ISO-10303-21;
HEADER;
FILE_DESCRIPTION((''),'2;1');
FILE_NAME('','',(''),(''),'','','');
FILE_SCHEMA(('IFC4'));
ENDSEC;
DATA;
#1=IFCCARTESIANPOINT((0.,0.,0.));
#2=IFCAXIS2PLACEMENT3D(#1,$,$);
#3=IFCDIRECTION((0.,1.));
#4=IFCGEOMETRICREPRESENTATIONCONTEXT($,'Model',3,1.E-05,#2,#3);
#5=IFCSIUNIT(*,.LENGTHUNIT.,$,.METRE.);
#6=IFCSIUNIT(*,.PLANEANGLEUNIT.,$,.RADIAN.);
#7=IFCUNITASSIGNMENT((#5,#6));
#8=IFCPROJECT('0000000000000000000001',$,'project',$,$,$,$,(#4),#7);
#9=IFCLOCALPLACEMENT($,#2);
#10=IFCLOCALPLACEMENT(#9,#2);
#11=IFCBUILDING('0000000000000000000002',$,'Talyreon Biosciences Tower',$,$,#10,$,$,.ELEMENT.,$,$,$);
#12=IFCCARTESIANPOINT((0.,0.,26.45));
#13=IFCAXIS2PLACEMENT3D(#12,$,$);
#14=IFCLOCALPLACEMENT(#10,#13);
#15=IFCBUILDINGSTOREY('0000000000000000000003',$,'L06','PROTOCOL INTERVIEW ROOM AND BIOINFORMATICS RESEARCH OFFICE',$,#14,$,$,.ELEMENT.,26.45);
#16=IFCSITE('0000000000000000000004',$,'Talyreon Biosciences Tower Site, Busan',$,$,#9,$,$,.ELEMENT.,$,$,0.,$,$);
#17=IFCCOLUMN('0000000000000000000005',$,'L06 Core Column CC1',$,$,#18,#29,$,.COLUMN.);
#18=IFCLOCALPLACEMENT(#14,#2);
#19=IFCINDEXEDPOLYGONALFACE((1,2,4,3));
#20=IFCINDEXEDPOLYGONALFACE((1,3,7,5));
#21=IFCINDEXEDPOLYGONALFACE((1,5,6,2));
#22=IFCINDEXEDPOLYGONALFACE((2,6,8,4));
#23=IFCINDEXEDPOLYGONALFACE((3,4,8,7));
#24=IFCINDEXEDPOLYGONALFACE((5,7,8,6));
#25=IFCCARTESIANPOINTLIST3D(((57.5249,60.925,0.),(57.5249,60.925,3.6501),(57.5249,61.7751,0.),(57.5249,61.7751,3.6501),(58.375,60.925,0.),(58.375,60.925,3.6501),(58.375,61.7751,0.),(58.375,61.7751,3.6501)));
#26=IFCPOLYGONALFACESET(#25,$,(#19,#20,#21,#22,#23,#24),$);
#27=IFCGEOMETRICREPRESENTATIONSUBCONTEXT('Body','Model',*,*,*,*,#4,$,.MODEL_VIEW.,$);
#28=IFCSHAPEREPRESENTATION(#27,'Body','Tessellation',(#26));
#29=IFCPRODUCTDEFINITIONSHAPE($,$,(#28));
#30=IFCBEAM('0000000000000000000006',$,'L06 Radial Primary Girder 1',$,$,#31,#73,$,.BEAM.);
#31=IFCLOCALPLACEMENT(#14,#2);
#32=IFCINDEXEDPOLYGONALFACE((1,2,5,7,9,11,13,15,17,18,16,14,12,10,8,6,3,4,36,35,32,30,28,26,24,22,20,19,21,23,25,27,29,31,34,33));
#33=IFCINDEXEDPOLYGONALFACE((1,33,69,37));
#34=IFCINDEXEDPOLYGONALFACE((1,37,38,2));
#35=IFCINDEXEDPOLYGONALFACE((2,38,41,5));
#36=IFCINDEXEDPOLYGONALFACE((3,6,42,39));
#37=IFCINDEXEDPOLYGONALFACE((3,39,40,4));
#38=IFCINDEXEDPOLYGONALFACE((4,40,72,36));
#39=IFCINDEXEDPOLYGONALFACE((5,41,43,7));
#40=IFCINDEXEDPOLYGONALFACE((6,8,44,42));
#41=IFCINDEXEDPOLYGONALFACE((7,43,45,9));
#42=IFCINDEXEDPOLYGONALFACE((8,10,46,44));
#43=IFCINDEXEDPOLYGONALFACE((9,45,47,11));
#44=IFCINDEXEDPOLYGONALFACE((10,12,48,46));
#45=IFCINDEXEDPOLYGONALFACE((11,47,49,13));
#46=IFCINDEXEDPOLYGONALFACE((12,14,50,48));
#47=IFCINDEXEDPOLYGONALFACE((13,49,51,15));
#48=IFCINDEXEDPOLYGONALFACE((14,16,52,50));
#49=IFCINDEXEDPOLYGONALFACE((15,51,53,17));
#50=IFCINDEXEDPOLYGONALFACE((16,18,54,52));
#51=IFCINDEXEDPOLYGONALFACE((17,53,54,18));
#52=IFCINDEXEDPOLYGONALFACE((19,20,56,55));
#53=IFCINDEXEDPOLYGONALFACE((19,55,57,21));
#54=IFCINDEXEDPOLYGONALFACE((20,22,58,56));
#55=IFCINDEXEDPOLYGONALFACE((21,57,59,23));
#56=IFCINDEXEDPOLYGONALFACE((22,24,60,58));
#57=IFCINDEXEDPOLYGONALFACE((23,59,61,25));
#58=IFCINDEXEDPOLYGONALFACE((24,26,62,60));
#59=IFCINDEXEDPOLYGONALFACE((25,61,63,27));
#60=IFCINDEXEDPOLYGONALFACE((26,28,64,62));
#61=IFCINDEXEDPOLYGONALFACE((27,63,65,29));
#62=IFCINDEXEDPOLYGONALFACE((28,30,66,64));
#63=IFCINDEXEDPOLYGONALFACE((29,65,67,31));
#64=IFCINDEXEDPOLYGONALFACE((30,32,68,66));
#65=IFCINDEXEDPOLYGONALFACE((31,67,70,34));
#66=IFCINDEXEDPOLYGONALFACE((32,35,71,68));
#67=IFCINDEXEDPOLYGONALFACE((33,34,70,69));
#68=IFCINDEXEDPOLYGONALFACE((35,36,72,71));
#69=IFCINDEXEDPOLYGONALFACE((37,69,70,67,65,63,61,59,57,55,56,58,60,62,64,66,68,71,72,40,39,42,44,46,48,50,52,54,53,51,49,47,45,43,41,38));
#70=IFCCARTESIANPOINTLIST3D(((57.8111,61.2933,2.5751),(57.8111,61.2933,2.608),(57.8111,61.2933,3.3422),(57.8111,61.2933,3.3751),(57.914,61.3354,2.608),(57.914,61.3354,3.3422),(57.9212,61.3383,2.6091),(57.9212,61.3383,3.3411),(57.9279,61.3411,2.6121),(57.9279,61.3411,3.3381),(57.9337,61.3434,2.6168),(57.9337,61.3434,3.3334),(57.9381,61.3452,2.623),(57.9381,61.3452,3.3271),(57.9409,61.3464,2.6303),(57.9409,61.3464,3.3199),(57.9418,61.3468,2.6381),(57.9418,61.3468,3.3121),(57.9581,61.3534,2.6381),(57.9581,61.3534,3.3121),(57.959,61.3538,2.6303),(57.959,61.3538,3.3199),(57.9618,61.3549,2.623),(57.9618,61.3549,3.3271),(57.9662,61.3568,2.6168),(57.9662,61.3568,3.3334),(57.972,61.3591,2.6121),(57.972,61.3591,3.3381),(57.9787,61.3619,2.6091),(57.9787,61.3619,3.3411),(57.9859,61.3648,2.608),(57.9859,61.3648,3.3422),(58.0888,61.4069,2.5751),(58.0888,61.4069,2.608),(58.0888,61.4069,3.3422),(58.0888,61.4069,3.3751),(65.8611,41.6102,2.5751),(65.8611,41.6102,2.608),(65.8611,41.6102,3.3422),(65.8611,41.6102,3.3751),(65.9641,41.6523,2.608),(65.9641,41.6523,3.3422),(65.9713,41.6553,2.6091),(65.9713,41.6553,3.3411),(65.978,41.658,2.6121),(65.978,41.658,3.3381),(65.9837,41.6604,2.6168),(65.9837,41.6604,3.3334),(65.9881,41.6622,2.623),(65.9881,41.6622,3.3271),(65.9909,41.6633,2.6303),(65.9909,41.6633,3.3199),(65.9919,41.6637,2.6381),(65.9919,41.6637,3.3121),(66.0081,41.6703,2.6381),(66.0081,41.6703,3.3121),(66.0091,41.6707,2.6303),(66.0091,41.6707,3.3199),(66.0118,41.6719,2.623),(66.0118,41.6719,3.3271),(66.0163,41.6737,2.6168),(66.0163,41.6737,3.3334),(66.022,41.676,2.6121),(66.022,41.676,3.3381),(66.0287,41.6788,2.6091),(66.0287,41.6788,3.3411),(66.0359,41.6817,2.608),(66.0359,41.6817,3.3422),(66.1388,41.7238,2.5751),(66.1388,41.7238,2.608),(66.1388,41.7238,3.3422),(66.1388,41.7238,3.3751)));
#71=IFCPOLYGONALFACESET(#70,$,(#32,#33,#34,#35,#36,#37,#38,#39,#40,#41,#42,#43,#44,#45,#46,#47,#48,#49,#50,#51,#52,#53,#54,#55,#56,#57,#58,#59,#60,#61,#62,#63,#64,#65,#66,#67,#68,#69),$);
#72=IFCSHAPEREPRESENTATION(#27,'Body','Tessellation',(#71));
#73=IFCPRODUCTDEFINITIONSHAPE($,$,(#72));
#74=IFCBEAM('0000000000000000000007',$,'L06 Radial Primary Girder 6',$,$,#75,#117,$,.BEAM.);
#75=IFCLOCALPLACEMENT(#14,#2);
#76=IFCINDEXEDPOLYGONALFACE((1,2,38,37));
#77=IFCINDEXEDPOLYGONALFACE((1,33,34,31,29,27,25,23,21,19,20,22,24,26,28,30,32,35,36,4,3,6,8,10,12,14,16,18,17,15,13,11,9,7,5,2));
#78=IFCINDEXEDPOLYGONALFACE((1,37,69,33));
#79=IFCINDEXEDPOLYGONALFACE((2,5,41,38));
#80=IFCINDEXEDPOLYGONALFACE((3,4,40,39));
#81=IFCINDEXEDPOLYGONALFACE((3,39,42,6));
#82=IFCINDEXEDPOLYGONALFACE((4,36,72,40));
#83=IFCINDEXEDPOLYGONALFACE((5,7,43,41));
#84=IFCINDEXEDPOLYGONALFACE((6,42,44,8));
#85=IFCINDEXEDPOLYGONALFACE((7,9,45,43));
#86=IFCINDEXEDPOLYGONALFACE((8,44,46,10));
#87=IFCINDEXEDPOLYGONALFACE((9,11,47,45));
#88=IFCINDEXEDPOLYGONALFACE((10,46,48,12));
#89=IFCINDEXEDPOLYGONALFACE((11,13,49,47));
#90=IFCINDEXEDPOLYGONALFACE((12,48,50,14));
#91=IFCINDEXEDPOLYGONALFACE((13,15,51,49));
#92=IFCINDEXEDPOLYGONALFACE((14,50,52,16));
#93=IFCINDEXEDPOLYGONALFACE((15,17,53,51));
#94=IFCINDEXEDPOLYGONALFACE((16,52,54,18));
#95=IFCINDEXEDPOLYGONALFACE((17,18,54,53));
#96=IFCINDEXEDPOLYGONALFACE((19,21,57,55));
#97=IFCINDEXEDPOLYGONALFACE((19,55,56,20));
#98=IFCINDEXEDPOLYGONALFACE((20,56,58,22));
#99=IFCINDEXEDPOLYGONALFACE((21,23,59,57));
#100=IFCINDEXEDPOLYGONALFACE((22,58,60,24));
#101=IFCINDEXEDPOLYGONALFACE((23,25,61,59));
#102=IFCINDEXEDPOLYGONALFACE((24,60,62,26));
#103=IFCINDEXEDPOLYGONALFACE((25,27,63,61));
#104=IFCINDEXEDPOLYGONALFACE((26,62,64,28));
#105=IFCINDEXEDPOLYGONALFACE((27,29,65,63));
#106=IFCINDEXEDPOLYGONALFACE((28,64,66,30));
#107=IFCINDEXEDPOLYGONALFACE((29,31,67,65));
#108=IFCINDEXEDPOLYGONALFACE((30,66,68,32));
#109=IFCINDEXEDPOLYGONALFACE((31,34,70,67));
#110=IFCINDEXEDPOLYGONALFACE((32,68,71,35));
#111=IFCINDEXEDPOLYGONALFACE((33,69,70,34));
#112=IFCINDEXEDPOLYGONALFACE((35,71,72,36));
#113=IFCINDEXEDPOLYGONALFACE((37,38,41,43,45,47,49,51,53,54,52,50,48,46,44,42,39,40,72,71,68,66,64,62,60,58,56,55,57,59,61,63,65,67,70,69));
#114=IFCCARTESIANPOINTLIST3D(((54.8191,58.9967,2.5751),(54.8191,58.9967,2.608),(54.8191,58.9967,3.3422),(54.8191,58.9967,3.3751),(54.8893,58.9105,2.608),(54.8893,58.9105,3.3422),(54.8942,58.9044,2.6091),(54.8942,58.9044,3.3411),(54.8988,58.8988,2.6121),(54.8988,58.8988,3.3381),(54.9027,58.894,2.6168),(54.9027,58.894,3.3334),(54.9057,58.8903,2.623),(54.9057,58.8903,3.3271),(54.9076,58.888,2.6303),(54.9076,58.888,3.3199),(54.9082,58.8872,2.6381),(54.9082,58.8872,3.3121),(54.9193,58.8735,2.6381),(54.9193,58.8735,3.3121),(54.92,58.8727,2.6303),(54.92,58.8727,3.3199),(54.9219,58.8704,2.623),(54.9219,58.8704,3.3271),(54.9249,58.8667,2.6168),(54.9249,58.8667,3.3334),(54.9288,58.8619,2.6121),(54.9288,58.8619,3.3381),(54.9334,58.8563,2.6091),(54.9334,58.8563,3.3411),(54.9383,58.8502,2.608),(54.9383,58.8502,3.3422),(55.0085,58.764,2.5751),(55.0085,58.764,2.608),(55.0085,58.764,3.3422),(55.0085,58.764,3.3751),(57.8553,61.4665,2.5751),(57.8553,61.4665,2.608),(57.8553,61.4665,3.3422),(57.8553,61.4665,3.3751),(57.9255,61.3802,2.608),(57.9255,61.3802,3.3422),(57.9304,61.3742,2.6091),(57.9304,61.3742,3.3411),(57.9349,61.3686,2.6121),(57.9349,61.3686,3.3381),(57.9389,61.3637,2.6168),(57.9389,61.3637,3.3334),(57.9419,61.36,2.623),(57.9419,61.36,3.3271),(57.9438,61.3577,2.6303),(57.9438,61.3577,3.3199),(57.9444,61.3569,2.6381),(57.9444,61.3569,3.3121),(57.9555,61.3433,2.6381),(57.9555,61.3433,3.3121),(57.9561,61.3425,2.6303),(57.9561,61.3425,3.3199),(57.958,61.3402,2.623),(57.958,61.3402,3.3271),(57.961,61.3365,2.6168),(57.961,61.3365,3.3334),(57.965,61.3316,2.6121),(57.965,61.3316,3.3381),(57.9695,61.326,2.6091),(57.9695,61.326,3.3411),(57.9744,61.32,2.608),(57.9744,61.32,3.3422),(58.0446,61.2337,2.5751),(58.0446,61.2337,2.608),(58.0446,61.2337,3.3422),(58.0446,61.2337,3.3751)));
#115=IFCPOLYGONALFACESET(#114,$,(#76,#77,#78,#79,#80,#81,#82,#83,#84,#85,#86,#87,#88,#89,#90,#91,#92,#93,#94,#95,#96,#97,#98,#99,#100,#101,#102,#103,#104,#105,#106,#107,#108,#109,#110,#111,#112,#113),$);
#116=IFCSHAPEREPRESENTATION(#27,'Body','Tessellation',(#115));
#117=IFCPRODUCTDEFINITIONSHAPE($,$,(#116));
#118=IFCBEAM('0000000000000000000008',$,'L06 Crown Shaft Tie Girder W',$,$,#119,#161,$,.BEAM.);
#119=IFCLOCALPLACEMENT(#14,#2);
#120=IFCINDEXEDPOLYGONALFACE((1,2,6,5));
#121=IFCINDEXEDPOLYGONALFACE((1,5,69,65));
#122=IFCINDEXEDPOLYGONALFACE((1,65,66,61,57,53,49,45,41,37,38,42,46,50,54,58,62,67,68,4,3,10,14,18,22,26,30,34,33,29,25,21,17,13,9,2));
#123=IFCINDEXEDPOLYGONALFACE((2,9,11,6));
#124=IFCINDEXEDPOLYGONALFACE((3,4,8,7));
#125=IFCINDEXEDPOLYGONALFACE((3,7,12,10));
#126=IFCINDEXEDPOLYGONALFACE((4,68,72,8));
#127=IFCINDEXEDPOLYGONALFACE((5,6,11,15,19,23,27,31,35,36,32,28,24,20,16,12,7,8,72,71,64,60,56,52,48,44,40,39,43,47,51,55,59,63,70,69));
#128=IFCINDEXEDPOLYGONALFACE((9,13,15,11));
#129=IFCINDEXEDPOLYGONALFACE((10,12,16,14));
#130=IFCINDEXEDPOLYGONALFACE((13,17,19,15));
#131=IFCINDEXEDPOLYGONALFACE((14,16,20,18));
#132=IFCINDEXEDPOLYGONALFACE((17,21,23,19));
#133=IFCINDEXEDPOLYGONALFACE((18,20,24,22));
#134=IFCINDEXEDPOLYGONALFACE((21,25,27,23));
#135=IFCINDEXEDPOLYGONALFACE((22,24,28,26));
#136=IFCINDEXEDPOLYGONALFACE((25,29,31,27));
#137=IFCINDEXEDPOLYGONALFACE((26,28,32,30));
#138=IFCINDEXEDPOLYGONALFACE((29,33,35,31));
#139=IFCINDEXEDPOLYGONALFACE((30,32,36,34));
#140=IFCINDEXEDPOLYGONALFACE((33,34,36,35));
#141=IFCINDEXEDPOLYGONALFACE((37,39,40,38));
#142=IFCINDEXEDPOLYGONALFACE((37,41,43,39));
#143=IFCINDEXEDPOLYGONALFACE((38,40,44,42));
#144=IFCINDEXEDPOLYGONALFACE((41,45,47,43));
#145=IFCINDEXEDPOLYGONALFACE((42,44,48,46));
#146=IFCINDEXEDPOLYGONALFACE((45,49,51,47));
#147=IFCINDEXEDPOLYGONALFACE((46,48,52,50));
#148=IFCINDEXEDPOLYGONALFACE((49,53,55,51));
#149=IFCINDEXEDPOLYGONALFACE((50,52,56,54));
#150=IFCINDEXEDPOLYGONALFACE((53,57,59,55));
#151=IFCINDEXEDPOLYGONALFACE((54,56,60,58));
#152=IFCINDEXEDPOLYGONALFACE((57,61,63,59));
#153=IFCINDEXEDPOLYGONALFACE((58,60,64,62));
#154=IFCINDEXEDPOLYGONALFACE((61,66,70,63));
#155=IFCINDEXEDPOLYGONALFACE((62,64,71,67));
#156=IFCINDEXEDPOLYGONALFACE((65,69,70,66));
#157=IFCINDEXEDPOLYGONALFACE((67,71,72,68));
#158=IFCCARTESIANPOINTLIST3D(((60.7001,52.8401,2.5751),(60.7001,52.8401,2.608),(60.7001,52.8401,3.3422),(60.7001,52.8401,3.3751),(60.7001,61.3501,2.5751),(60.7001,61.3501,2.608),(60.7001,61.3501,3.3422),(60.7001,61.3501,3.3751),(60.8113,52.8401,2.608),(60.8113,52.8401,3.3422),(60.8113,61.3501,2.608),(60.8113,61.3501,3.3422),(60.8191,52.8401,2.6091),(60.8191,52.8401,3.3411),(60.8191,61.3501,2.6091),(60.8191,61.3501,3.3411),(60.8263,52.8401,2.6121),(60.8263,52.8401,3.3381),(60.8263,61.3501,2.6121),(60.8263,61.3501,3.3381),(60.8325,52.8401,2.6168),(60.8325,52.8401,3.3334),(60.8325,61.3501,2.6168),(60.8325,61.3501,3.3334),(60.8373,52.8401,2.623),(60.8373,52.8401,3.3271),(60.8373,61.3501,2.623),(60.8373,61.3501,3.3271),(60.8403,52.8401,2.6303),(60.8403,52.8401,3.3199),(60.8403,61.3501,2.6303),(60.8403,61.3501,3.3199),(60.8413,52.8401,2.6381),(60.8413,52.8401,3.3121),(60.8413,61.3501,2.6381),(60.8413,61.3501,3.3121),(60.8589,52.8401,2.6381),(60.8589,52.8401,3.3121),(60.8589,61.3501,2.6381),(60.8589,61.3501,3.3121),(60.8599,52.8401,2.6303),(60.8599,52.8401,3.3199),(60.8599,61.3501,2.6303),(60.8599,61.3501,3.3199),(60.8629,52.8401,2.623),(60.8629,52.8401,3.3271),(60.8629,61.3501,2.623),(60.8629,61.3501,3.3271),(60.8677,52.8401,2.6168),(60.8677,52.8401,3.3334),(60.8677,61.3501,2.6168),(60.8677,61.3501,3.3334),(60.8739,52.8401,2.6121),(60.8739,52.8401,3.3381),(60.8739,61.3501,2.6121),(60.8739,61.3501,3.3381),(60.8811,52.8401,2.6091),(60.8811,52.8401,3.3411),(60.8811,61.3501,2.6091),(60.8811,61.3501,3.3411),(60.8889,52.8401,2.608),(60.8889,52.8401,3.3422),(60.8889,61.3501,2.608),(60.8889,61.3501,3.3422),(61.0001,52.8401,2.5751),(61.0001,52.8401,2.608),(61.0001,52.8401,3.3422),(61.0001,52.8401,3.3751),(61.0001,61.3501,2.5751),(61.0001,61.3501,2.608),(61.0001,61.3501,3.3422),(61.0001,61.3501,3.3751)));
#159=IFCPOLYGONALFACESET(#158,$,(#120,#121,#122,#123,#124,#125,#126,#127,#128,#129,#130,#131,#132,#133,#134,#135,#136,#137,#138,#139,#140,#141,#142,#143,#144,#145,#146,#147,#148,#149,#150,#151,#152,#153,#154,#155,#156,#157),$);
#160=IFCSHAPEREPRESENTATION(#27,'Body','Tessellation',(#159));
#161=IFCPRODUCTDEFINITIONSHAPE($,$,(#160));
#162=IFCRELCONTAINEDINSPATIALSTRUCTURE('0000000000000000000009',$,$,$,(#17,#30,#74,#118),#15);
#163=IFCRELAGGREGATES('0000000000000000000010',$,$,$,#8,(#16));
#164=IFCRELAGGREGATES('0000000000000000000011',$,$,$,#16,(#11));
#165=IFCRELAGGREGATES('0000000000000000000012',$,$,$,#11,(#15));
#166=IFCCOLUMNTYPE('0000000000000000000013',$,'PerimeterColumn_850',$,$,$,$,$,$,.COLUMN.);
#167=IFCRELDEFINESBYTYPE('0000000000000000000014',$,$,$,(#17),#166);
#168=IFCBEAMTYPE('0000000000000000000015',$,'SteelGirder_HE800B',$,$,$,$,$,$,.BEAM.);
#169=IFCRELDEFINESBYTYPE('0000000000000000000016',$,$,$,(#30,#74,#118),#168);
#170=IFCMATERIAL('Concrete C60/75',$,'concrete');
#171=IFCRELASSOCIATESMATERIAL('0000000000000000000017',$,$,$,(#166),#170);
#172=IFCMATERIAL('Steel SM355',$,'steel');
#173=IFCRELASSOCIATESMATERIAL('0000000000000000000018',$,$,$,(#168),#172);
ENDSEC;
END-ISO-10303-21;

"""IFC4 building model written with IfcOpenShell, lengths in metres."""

from ifc_helpers import new_model, si_unit, direction, frame, origin, origin_2d, place, context, subcontext, project, spatial, rectangle, i_section, extrude, material, material_profile, profile_set, type_object, element, save


model = new_model("IFC4")

# Units and contexts
model_context = context("Model", 3, precision=1e-05, world=origin(), true_north=direction((0.0, 1.0)))
body_context = subcontext(model_context, "Body", "Model", "MODEL_VIEW")
ifc_project = project(units=[si_unit("LENGTHUNIT", "METRE"), si_unit("PLANEANGLEUNIT", "RADIAN")], contexts=[model_context])

# Site, building, storey
site_placement = place(None, origin())
site = spatial("IfcSite", under=ifc_project, at=site_placement, Name="Talyreon Biosciences Tower Site, Busan", CompositionType="ELEMENT", RefElevation=0.0)
building_placement = place(site_placement, origin())
building = spatial("IfcBuilding", under=site, at=building_placement, Name="Talyreon Biosciences Tower", CompositionType="ELEMENT")
storey_placement = place(building_placement, frame((0.0, 0.0, 26.45)))
storey = spatial("IfcBuildingStorey", under=building, at=storey_placement, Name="L06", Description="PROTOCOL INTERVIEW ROOM AND BIOINFORMATICS RESEARCH OFFICE", CompositionType="ELEMENT", Elevation=26.45)

# Column
ifc_material_1 = material(Name="Concrete C60/75", Category="concrete")
ifc_material_profile_1 = material_profile(ifc_material_1, rectangle(XDim=0.8501, YDim=0.8501, at=origin_2d()), Name="RC 850x850")
ifc_profile_set_1 = profile_set([ifc_material_profile_1], Name="Concrete C60/75")
column_type = type_object("IfcColumnType", Name="PerimeterColumn_850", PredefinedType="COLUMN", material=ifc_profile_set_1)
column_placement = place(storey_placement, frame((57.95, 61.3501, 0.0), z_axis=(0.0, 0.0, 1.0), x_axis=(1.0, 0.0, 0.0)))
element("IfcColumn", 1, at=column_placement, inside=storey, type_object=column_type, Name="L06 Core Column CC1", PredefinedType="COLUMN", context=body_context, shape_type="SweptSolid", body=[
    extrude(rectangle(XDim=0.8501, YDim=0.8501, at=origin_2d()), origin(), (0.0, 0.0, 1.0), 3.6501),
])

# Beams
ifc_material_2 = material(Name="Steel SM355", Category="steel")
ifc_material_profile_2 = material_profile(ifc_material_2, i_section(OverallWidth=0.3, OverallDepth=0.8, WebThickness=0.0176, FlangeThickness=0.033, FilletRadius=0.03, at=origin_2d()), Name="HE800B")
ifc_profile_set_2 = profile_set([ifc_material_profile_2], Name="Steel SM355")
beam_type_1 = type_object("IfcBeamType", Name="SteelGirder_HE800B", PredefinedType="BEAM", material=ifc_profile_set_2)
beam_1_placement = place(storey_placement, frame((57.95, 61.3501, 2.9751), z_axis=(0.378547, -0.925582, 0.0), x_axis=(0.925582, 0.378547, 0.0)))
element("IfcBeam", 2, at=beam_1_placement, inside=storey, type_object=beam_type_1, Name="L06 Radial Primary Girder 1", PredefinedType="BEAM", context=body_context, shape_type="SweptSolid", body=[
    extrude(i_section(OverallWidth=0.3, OverallDepth=0.8, WebThickness=0.0176, FlangeThickness=0.033, FilletRadius=0.03, at=origin_2d()), origin(), (0.0, 0.0, 1.0), 21.2656),
])
beam_2_placement = place(storey_placement, frame((57.95, 61.3501, 2.9751), z_axis=(-0.775755, -0.631034, 0.0), x_axis=(0.631034, -0.775755, 0.0)))
element("IfcBeam", 3, at=beam_2_placement, inside=storey, type_object=beam_type_1, Name="L06 Radial Primary Girder 6", PredefinedType="BEAM", context=body_context, shape_type="SweptSolid", body=[
    extrude(i_section(OverallWidth=0.3, OverallDepth=0.8, WebThickness=0.0176, FlangeThickness=0.033, FilletRadius=0.03, at=origin_2d()), origin(), (0.0, 0.0, 1.0), 3.9138),
])
beam_3_placement = place(storey_placement, frame((60.8501, 52.8401, 2.9751), z_axis=(0.0, 1.0, 0.0), x_axis=(-1.0, 0.0, 0.0)))
element("IfcBeam", 4, at=beam_3_placement, inside=storey, type_object=beam_type_1, Name="L06 Crown Shaft Tie Girder W", PredefinedType="BEAM", context=body_context, shape_type="SweptSolid", body=[
    extrude(i_section(OverallWidth=0.3, OverallDepth=0.8, WebThickness=0.0176, FlangeThickness=0.033, FilletRadius=0.03, at=origin_2d()), origin(), (0.0, 0.0, 1.0), 8.51),
])

save(model, "model.ifc")
